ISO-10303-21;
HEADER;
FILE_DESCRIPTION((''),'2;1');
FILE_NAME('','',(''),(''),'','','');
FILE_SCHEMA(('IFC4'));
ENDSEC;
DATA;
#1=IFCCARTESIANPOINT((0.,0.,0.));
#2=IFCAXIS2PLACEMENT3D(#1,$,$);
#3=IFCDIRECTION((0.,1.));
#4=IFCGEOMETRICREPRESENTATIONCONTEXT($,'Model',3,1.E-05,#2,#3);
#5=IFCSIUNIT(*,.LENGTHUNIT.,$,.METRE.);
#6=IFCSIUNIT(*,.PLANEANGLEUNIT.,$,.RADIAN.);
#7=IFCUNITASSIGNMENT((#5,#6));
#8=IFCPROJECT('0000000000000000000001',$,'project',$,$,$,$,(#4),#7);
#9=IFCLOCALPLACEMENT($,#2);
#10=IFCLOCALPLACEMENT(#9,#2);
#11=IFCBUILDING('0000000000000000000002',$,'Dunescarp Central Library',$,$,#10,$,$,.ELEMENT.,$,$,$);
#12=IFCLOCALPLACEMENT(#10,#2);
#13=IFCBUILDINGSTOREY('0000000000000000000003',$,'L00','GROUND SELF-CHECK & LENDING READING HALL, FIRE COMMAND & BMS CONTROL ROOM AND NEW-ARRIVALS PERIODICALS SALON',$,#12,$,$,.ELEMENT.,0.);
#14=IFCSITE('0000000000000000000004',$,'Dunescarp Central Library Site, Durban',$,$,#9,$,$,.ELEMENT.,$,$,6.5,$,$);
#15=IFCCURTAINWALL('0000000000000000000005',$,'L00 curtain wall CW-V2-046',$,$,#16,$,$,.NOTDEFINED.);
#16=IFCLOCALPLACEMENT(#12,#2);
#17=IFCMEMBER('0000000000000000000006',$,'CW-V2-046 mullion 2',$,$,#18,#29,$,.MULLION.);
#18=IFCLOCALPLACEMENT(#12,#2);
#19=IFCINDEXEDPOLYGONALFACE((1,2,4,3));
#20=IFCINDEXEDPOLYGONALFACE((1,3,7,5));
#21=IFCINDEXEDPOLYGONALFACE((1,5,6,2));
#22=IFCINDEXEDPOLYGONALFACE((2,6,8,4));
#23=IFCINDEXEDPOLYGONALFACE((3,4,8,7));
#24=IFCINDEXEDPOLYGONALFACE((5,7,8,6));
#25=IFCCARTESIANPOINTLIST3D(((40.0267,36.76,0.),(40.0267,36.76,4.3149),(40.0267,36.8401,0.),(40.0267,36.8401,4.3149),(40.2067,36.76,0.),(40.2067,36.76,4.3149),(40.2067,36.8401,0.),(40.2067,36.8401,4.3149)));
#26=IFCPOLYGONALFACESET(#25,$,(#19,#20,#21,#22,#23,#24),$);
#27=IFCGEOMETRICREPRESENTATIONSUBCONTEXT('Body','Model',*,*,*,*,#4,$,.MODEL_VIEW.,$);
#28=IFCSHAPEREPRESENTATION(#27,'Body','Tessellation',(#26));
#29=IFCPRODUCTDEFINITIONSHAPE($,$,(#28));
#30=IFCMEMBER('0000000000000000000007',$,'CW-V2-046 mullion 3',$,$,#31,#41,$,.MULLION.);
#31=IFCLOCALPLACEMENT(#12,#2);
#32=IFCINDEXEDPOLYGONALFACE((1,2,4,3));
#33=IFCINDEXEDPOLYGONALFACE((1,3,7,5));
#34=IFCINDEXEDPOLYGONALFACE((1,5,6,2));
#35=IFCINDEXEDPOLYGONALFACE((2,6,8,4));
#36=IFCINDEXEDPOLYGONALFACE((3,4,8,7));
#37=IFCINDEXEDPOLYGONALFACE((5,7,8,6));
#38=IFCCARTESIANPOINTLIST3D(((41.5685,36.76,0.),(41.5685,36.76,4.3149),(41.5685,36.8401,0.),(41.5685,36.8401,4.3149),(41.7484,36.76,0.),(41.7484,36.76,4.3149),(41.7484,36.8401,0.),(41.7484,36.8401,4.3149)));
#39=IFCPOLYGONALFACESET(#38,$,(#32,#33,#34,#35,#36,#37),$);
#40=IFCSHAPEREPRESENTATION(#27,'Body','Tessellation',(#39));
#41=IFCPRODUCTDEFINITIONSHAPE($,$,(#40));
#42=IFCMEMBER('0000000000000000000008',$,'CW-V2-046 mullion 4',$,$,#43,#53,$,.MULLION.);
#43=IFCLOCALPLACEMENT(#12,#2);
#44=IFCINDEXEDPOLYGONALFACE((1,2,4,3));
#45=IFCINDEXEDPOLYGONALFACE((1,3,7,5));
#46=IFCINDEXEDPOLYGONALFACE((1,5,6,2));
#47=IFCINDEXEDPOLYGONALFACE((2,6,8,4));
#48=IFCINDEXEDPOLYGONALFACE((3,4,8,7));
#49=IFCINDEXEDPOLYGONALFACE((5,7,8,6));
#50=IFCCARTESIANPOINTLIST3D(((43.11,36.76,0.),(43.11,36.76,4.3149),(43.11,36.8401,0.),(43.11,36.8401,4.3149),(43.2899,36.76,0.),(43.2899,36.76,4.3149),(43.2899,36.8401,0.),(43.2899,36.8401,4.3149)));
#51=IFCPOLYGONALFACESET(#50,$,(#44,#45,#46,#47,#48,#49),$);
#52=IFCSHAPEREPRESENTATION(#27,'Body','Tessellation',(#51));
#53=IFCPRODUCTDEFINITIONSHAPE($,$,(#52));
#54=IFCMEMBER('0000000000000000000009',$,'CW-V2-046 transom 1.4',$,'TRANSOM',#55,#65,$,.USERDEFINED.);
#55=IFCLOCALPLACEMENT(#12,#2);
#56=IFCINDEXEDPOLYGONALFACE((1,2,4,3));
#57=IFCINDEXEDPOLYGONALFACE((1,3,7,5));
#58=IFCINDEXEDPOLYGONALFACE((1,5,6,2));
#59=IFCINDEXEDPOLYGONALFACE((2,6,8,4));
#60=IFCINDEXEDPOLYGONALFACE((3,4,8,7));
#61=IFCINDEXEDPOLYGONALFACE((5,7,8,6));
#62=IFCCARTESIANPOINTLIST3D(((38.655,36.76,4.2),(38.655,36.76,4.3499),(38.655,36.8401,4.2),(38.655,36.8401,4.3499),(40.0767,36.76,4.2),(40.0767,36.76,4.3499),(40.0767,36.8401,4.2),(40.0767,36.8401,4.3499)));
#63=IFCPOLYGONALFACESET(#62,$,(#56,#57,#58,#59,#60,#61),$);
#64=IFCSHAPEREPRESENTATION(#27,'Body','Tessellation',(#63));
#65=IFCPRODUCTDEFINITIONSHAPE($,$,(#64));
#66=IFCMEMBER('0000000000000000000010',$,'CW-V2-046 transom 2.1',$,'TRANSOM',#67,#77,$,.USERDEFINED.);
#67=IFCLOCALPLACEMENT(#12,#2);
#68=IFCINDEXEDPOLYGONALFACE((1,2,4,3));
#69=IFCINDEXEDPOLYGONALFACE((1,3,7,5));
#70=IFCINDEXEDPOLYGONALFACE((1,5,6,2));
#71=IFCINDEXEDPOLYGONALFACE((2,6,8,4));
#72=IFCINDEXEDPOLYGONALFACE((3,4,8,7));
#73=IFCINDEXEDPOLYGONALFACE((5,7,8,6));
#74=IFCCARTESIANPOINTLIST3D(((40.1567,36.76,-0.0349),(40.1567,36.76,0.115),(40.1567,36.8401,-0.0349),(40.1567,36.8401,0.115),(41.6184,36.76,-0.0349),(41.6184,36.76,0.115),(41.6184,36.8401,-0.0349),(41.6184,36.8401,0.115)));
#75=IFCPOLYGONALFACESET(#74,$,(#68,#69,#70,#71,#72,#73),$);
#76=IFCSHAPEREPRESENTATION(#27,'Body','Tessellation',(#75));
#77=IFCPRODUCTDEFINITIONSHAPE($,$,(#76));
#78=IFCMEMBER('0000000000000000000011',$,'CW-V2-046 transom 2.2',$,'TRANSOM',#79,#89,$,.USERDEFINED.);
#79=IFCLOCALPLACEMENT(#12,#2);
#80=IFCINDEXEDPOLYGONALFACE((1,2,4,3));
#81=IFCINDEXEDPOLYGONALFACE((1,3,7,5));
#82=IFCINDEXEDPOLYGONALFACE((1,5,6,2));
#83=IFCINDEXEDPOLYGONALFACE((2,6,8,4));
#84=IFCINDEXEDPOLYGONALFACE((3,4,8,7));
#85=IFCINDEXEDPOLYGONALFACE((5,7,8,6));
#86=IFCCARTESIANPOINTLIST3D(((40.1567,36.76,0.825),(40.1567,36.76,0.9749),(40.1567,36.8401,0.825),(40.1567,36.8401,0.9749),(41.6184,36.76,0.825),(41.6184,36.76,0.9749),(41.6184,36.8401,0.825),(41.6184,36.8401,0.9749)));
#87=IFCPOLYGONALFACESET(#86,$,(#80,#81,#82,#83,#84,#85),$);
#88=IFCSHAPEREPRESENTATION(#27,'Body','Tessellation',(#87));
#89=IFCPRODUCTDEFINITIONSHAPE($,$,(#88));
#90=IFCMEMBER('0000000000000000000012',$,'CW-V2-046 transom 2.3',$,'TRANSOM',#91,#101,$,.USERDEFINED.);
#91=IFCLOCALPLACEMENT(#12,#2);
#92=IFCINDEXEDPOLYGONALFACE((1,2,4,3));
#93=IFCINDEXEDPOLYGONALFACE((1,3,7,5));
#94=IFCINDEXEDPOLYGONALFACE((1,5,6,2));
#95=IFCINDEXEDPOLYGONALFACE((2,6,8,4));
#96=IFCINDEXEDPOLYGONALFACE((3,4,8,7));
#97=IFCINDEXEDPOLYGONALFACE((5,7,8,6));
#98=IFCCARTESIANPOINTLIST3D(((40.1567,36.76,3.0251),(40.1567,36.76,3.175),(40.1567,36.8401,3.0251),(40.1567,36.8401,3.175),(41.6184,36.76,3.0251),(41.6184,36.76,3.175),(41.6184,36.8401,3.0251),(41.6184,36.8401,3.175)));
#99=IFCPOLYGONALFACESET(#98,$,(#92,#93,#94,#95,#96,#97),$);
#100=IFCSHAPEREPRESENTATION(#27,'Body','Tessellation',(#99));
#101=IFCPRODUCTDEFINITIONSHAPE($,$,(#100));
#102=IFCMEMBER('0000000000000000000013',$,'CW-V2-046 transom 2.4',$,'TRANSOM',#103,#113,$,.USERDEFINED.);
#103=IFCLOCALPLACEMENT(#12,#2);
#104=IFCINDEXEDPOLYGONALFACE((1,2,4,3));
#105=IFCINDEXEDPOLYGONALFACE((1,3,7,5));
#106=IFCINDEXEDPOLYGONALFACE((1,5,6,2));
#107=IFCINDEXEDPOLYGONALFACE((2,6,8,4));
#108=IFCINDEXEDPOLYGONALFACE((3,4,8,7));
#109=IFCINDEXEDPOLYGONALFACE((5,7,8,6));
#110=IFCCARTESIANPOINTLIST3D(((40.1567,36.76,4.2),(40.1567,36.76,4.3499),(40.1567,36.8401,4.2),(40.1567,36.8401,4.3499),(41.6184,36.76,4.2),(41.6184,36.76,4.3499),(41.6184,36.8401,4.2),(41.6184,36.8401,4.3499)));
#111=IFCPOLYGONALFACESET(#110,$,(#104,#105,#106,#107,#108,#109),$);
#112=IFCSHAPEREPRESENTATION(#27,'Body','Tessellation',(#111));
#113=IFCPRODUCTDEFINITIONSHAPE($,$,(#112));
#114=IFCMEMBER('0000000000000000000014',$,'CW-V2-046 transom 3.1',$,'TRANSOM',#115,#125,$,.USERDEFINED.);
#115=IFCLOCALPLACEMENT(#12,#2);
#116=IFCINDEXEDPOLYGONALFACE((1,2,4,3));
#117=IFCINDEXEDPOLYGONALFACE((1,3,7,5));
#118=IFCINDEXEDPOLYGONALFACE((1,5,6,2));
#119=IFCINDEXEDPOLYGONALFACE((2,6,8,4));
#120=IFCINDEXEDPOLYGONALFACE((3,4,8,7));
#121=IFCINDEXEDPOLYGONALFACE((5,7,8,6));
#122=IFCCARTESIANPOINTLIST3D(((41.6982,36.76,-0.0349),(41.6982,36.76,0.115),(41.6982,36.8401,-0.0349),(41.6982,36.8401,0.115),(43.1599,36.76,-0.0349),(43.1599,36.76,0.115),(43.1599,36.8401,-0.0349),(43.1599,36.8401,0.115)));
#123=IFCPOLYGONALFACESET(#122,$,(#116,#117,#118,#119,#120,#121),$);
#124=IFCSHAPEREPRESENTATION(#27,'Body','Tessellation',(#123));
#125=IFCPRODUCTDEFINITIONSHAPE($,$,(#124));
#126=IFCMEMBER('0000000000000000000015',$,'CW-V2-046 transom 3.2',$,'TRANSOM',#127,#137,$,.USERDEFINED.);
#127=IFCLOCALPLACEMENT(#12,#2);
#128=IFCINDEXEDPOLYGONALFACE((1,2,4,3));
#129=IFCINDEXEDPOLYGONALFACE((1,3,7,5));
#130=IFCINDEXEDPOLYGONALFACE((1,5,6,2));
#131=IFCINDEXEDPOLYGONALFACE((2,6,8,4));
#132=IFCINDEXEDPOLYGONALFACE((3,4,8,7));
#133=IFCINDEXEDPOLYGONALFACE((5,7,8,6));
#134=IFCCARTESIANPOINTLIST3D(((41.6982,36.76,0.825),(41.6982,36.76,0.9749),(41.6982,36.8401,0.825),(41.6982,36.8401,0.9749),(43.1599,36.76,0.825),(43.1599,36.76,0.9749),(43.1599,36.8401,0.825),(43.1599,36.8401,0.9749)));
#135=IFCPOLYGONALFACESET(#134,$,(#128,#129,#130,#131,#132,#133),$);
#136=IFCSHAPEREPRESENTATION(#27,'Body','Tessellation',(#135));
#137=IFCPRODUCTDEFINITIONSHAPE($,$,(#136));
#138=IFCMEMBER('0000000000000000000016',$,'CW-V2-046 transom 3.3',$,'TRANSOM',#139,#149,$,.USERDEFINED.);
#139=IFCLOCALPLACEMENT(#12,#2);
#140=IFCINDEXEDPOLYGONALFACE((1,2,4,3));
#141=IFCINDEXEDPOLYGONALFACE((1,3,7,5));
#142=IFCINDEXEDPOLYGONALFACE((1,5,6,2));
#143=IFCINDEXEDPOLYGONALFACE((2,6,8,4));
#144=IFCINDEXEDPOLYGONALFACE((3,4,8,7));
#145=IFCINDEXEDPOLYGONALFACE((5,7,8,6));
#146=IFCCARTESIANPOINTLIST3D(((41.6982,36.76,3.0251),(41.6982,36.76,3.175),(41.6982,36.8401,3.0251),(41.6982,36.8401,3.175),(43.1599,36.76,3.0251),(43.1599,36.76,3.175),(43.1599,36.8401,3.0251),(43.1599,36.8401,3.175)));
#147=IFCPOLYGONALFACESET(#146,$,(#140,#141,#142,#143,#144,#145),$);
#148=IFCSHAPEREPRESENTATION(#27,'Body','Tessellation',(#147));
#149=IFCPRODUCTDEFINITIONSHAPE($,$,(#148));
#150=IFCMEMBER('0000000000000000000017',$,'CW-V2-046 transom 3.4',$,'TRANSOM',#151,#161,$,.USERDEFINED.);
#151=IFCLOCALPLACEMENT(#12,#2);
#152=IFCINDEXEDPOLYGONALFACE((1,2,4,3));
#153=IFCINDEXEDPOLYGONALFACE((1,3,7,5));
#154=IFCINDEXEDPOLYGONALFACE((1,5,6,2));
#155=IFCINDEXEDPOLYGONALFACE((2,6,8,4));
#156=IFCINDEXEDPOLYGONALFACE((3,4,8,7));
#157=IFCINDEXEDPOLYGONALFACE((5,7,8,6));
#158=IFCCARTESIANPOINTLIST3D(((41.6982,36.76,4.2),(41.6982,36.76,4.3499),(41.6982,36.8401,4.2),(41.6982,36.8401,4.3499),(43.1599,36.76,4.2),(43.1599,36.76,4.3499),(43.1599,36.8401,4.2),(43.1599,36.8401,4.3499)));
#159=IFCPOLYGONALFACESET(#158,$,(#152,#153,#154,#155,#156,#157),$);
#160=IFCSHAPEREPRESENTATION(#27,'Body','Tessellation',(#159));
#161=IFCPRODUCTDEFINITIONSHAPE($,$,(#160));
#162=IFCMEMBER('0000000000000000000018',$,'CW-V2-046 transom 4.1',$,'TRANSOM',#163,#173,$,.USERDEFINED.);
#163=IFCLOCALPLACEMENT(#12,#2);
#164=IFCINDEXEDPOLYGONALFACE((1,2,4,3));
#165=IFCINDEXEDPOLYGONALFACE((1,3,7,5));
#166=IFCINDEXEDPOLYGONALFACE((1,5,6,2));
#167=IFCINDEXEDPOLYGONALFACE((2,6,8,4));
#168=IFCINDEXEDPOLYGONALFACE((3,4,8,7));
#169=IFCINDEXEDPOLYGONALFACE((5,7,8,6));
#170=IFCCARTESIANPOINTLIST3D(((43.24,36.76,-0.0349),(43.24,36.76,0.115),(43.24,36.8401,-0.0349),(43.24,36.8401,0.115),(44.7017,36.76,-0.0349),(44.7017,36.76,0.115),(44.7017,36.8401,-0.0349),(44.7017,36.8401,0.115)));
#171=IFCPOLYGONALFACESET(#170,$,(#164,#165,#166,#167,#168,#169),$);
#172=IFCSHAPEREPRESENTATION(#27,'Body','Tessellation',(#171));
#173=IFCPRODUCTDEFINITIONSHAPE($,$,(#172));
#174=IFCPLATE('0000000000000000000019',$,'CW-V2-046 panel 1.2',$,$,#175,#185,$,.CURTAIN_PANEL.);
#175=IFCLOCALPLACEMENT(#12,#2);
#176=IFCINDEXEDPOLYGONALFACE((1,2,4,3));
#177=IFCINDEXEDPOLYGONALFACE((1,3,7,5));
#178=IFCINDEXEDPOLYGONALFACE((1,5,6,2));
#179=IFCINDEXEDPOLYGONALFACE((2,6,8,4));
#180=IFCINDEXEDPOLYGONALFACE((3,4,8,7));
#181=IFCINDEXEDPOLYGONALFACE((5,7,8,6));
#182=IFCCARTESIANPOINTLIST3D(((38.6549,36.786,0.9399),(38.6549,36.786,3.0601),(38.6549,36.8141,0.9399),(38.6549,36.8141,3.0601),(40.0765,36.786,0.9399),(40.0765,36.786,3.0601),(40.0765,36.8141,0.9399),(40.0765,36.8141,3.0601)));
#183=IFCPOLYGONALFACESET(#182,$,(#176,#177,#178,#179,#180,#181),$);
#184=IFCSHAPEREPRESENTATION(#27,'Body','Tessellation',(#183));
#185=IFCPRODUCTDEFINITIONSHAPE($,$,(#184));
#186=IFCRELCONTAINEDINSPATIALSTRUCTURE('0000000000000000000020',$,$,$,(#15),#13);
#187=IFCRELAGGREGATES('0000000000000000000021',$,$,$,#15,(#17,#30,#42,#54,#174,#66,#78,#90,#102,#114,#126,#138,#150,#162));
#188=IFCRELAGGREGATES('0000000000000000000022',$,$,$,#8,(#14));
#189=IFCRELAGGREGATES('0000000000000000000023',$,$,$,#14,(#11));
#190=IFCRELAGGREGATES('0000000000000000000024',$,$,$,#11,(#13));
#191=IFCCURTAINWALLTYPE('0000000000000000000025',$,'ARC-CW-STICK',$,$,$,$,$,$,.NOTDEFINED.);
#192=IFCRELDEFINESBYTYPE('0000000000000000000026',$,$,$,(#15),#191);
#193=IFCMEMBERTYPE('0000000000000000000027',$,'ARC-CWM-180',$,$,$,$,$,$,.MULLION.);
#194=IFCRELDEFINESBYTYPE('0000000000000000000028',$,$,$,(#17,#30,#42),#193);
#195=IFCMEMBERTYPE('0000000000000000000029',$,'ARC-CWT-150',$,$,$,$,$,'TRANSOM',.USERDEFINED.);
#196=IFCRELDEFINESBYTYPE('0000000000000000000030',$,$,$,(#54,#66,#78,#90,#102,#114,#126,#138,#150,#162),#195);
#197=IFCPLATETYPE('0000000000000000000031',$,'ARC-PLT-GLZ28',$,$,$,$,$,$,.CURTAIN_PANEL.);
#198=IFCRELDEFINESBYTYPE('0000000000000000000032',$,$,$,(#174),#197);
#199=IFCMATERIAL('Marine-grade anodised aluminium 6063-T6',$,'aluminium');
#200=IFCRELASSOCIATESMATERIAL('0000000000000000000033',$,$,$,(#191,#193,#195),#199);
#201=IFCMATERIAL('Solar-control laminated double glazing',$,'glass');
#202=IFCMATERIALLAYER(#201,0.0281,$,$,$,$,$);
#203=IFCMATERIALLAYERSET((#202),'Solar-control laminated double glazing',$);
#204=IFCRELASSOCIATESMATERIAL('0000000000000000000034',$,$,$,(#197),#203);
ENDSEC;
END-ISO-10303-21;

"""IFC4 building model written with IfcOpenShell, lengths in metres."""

from ifc_helpers import new_model, si_unit, direction, frame, origin, origin_2d, place, context, subcontext, project, spatial, rectangle, extrude, material, layer, layer_set, material_profile, profile_set, type_object, element, aggregate, save


model = new_model("IFC4")

# Units and contexts
model_context = context("Model", 3, precision=1e-05, world=origin(), true_north=direction((0.0, 1.0)))
body_context = subcontext(model_context, "Body", "Model", "MODEL_VIEW")
ifc_project = project(units=[si_unit("LENGTHUNIT", "METRE"), si_unit("PLANEANGLEUNIT", "RADIAN")], contexts=[model_context])

# Site, building, storey
site_placement = place(None, origin())
site = spatial("IfcSite", under=ifc_project, at=site_placement, Name="Dunescarp Central Library Site, Durban", CompositionType="ELEMENT", RefElevation=6.5)
building_placement = place(site_placement, origin())
building = spatial("IfcBuilding", under=site, at=building_placement, Name="Dunescarp Central Library", CompositionType="ELEMENT")
storey_placement = place(building_placement, origin())
storey = spatial("IfcBuildingStorey", under=building, at=storey_placement, Name="L00", Description="GROUND SELF-CHECK & LENDING READING HALL, FIRE COMMAND & BMS CONTROL ROOM AND NEW-ARRIVALS PERIODICALS SALON", CompositionType="ELEMENT", Elevation=0.0)

# Curtain wall, members, plate
ifc_material_1 = material(Name="Marine-grade anodised aluminium 6063-T6", Category="aluminium")
curtain_wall_type = type_object("IfcCurtainWallType", Name="ARC-CW-STICK", PredefinedType="NOTDEFINED", material=ifc_material_1)
curtain_wall_placement = place(storey_placement, origin())
curtain_wall = element("IfcCurtainWall", 1, at=curtain_wall_placement, inside=storey, type_object=curtain_wall_type, Name="L00 curtain wall CW-V2-046", PredefinedType="NOTDEFINED")
ifc_material_profile_1 = material_profile(ifc_material_1, rectangle(XDim=0.0801, YDim=0.1799, at=origin_2d()), Name="AL 80x180")
ifc_profile_set_1 = profile_set([ifc_material_profile_1], Name="Marine-grade anodised aluminium 6063-T6")
member_type_1 = type_object("IfcMemberType", Name="ARC-CWM-180", PredefinedType="MULLION", material=ifc_profile_set_1)
member_1_placement = place(storey_placement, frame((40.1167, 36.8, 0.0), z_axis=(0.0, 0.0, 1.0), x_axis=(0.0, 1.0, 0.0)))
member_1 = element("IfcMember", 2, at=member_1_placement, type_object=member_type_1, Name="CW-V2-046 mullion 2", PredefinedType="MULLION", context=body_context, shape_type="SweptSolid", body=[
    extrude(rectangle(XDim=0.0801, YDim=0.1799, at=origin_2d()), origin(), (0.0, 0.0, 1.0), 4.3149),
])
member_2_placement = place(storey_placement, frame((41.6584, 36.8, 0.0), z_axis=(0.0, 0.0, 1.0), x_axis=(0.0, 1.0, 0.0)))
member_2 = element("IfcMember", 3, at=member_2_placement, type_object=member_type_1, Name="CW-V2-046 mullion 3", PredefinedType="MULLION", context=body_context, shape_type="SweptSolid", body=[
    extrude(rectangle(XDim=0.0801, YDim=0.1799, at=origin_2d()), origin(), (0.0, 0.0, 1.0), 4.3149),
])
member_3_placement = place(storey_placement, frame((43.2, 36.8, 0.0), z_axis=(0.0, 0.0, 1.0), x_axis=(0.0, 1.0, 0.0)))
member_3 = element("IfcMember", 4, at=member_3_placement, type_object=member_type_1, Name="CW-V2-046 mullion 4", PredefinedType="MULLION", context=body_context, shape_type="SweptSolid", body=[
    extrude(rectangle(XDim=0.0801, YDim=0.1799, at=origin_2d()), origin(), (0.0, 0.0, 1.0), 4.3149),
])
ifc_material_profile_2 = material_profile(ifc_material_1, rectangle(XDim=0.0801, YDim=0.1499, at=origin_2d()), Name="AL 80x150")
ifc_profile_set_2 = profile_set([ifc_material_profile_2], Name="Marine-grade anodised aluminium 6063-T6")
member_type_2 = type_object("IfcMemberType", Name="ARC-CWT-150", ElementType="TRANSOM", PredefinedType="USERDEFINED", material=ifc_profile_set_2)
member_4_placement = place(storey_placement, frame((38.655, 36.8, 4.2749), z_axis=(1.0, 0.0, 0.0), x_axis=(0.0, 1.0, 0.0)))
member_4 = element("IfcMember", 5, at=member_4_placement, type_object=member_type_2, Name="CW-V2-046 transom 1.4", ObjectType="TRANSOM", PredefinedType="USERDEFINED", context=body_context, shape_type="SweptSolid", body=[
    extrude(rectangle(XDim=0.0801, YDim=0.1499, at=origin_2d()), origin(), (0.0, 0.0, 1.0), 1.4216),
])
member_5_placement = place(storey_placement, frame((40.1567, 36.8, 0.04), z_axis=(1.0, 0.0, 0.0), x_axis=(0.0, 1.0, 0.0)))
member_5 = element("IfcMember", 6, at=member_5_placement, type_object=member_type_2, Name="CW-V2-046 transom 2.1", ObjectType="TRANSOM", PredefinedType="USERDEFINED", context=body_context, shape_type="SweptSolid", body=[
    extrude(rectangle(XDim=0.0801, YDim=0.1499, at=origin_2d()), origin(), (0.0, 0.0, 1.0), 1.4617),
])
member_6_placement = place(storey_placement, frame((40.1567, 36.8, 0.8999), z_axis=(1.0, 0.0, 0.0), x_axis=(0.0, 1.0, 0.0)))
member_6 = element("IfcMember", 7, at=member_6_placement, type_object=member_type_2, Name="CW-V2-046 transom 2.2", ObjectType="TRANSOM", PredefinedType="USERDEFINED", context=body_context, shape_type="SweptSolid", body=[
    extrude(rectangle(XDim=0.0801, YDim=0.1499, at=origin_2d()), origin(), (0.0, 0.0, 1.0), 1.4617),
])
member_7_placement = place(storey_placement, frame((40.1567, 36.8, 3.1001), z_axis=(1.0, 0.0, 0.0), x_axis=(0.0, 1.0, 0.0)))
member_7 = element("IfcMember", 8, at=member_7_placement, type_object=member_type_2, Name="CW-V2-046 transom 2.3", ObjectType="TRANSOM", PredefinedType="USERDEFINED", context=body_context, shape_type="SweptSolid", body=[
    extrude(rectangle(XDim=0.0801, YDim=0.1499, at=origin_2d()), origin(), (0.0, 0.0, 1.0), 1.4617),
])
member_8_placement = place(storey_placement, frame((40.1567, 36.8, 4.2749), z_axis=(1.0, 0.0, 0.0), x_axis=(0.0, 1.0, 0.0)))
member_8 = element("IfcMember", 9, at=member_8_placement, type_object=member_type_2, Name="CW-V2-046 transom 2.4", ObjectType="TRANSOM", PredefinedType="USERDEFINED", context=body_context, shape_type="SweptSolid", body=[
    extrude(rectangle(XDim=0.0801, YDim=0.1499, at=origin_2d()), origin(), (0.0, 0.0, 1.0), 1.4617),
])
member_9_placement = place(storey_placement, frame((41.6982, 36.8, 0.04), z_axis=(1.0, 0.0, 0.0), x_axis=(0.0, 1.0, 0.0)))
member_9 = element("IfcMember", 10, at=member_9_placement, type_object=member_type_2, Name="CW-V2-046 transom 3.1", ObjectType="TRANSOM", PredefinedType="USERDEFINED", context=body_context, shape_type="SweptSolid", body=[
    extrude(rectangle(XDim=0.0801, YDim=0.1499, at=origin_2d()), origin(), (0.0, 0.0, 1.0), 1.4617),
])
member_10_placement = place(storey_placement, frame((41.6982, 36.8, 0.8999), z_axis=(1.0, 0.0, 0.0), x_axis=(0.0, 1.0, 0.0)))
member_10 = element("IfcMember", 11, at=member_10_placement, type_object=member_type_2, Name="CW-V2-046 transom 3.2", ObjectType="TRANSOM", PredefinedType="USERDEFINED", context=body_context, shape_type="SweptSolid", body=[
    extrude(rectangle(XDim=0.0801, YDim=0.1499, at=origin_2d()), origin(), (0.0, 0.0, 1.0), 1.4617),
])
member_11_placement = place(storey_placement, frame((41.6982, 36.8, 3.1001), z_axis=(1.0, 0.0, 0.0), x_axis=(0.0, 1.0, 0.0)))
member_11 = element("IfcMember", 12, at=member_11_placement, type_object=member_type_2, Name="CW-V2-046 transom 3.3", ObjectType="TRANSOM", PredefinedType="USERDEFINED", context=body_context, shape_type="SweptSolid", body=[
    extrude(rectangle(XDim=0.0801, YDim=0.1499, at=origin_2d()), origin(), (0.0, 0.0, 1.0), 1.4617),
])
member_12_placement = place(storey_placement, frame((41.6982, 36.8, 4.2749), z_axis=(1.0, 0.0, 0.0), x_axis=(0.0, 1.0, 0.0)))
member_12 = element("IfcMember", 13, at=member_12_placement, type_object=member_type_2, Name="CW-V2-046 transom 3.4", ObjectType="TRANSOM", PredefinedType="USERDEFINED", context=body_context, shape_type="SweptSolid", body=[
    extrude(rectangle(XDim=0.0801, YDim=0.1499, at=origin_2d()), origin(), (0.0, 0.0, 1.0), 1.4617),
])
member_13_placement = place(storey_placement, frame((43.24, 36.8, 0.04), z_axis=(1.0, 0.0, 0.0), x_axis=(0.0, 1.0, 0.0)))
member_13 = element("IfcMember", 14, at=member_13_placement, type_object=member_type_2, Name="CW-V2-046 transom 4.1", ObjectType="TRANSOM", PredefinedType="USERDEFINED", context=body_context, shape_type="SweptSolid", body=[
    extrude(rectangle(XDim=0.0801, YDim=0.1499, at=origin_2d()), origin(), (0.0, 0.0, 1.0), 1.4617),
])
ifc_material_2 = material(Name="Solar-control laminated double glazing", Category="glass")
ifc_layer_1 = layer(ifc_material_2, 0.0281)
ifc_layer_set_1 = layer_set([ifc_layer_1], Name="Solar-control laminated double glazing")
plate_type_1 = type_object("IfcPlateType", Name="ARC-PLT-GLZ28", PredefinedType="CURTAIN_PANEL", material=ifc_layer_set_1)
plate_1_placement = place(storey_placement, frame((39.3657, 36.8, 0.9399), z_axis=(0.0, 0.0, 1.0), x_axis=(1.0, 0.0, 0.0)))
plate_1 = element("IfcPlate", 15, at=plate_1_placement, type_object=plate_type_1, Name="CW-V2-046 panel 1.2", PredefinedType="CURTAIN_PANEL", context=body_context, shape_type="SweptSolid", body=[
    extrude(rectangle(XDim=1.4216, YDim=0.0281, at=origin_2d()), origin(), (0.0, 0.0, 1.0), 2.1201),
])
aggregate(curtain_wall, [member_1, member_2, member_3, member_4, plate_1, member_5, member_6, member_7, member_8, member_9, member_10, member_11, member_12, member_13])

save(model, "model.ifc")
